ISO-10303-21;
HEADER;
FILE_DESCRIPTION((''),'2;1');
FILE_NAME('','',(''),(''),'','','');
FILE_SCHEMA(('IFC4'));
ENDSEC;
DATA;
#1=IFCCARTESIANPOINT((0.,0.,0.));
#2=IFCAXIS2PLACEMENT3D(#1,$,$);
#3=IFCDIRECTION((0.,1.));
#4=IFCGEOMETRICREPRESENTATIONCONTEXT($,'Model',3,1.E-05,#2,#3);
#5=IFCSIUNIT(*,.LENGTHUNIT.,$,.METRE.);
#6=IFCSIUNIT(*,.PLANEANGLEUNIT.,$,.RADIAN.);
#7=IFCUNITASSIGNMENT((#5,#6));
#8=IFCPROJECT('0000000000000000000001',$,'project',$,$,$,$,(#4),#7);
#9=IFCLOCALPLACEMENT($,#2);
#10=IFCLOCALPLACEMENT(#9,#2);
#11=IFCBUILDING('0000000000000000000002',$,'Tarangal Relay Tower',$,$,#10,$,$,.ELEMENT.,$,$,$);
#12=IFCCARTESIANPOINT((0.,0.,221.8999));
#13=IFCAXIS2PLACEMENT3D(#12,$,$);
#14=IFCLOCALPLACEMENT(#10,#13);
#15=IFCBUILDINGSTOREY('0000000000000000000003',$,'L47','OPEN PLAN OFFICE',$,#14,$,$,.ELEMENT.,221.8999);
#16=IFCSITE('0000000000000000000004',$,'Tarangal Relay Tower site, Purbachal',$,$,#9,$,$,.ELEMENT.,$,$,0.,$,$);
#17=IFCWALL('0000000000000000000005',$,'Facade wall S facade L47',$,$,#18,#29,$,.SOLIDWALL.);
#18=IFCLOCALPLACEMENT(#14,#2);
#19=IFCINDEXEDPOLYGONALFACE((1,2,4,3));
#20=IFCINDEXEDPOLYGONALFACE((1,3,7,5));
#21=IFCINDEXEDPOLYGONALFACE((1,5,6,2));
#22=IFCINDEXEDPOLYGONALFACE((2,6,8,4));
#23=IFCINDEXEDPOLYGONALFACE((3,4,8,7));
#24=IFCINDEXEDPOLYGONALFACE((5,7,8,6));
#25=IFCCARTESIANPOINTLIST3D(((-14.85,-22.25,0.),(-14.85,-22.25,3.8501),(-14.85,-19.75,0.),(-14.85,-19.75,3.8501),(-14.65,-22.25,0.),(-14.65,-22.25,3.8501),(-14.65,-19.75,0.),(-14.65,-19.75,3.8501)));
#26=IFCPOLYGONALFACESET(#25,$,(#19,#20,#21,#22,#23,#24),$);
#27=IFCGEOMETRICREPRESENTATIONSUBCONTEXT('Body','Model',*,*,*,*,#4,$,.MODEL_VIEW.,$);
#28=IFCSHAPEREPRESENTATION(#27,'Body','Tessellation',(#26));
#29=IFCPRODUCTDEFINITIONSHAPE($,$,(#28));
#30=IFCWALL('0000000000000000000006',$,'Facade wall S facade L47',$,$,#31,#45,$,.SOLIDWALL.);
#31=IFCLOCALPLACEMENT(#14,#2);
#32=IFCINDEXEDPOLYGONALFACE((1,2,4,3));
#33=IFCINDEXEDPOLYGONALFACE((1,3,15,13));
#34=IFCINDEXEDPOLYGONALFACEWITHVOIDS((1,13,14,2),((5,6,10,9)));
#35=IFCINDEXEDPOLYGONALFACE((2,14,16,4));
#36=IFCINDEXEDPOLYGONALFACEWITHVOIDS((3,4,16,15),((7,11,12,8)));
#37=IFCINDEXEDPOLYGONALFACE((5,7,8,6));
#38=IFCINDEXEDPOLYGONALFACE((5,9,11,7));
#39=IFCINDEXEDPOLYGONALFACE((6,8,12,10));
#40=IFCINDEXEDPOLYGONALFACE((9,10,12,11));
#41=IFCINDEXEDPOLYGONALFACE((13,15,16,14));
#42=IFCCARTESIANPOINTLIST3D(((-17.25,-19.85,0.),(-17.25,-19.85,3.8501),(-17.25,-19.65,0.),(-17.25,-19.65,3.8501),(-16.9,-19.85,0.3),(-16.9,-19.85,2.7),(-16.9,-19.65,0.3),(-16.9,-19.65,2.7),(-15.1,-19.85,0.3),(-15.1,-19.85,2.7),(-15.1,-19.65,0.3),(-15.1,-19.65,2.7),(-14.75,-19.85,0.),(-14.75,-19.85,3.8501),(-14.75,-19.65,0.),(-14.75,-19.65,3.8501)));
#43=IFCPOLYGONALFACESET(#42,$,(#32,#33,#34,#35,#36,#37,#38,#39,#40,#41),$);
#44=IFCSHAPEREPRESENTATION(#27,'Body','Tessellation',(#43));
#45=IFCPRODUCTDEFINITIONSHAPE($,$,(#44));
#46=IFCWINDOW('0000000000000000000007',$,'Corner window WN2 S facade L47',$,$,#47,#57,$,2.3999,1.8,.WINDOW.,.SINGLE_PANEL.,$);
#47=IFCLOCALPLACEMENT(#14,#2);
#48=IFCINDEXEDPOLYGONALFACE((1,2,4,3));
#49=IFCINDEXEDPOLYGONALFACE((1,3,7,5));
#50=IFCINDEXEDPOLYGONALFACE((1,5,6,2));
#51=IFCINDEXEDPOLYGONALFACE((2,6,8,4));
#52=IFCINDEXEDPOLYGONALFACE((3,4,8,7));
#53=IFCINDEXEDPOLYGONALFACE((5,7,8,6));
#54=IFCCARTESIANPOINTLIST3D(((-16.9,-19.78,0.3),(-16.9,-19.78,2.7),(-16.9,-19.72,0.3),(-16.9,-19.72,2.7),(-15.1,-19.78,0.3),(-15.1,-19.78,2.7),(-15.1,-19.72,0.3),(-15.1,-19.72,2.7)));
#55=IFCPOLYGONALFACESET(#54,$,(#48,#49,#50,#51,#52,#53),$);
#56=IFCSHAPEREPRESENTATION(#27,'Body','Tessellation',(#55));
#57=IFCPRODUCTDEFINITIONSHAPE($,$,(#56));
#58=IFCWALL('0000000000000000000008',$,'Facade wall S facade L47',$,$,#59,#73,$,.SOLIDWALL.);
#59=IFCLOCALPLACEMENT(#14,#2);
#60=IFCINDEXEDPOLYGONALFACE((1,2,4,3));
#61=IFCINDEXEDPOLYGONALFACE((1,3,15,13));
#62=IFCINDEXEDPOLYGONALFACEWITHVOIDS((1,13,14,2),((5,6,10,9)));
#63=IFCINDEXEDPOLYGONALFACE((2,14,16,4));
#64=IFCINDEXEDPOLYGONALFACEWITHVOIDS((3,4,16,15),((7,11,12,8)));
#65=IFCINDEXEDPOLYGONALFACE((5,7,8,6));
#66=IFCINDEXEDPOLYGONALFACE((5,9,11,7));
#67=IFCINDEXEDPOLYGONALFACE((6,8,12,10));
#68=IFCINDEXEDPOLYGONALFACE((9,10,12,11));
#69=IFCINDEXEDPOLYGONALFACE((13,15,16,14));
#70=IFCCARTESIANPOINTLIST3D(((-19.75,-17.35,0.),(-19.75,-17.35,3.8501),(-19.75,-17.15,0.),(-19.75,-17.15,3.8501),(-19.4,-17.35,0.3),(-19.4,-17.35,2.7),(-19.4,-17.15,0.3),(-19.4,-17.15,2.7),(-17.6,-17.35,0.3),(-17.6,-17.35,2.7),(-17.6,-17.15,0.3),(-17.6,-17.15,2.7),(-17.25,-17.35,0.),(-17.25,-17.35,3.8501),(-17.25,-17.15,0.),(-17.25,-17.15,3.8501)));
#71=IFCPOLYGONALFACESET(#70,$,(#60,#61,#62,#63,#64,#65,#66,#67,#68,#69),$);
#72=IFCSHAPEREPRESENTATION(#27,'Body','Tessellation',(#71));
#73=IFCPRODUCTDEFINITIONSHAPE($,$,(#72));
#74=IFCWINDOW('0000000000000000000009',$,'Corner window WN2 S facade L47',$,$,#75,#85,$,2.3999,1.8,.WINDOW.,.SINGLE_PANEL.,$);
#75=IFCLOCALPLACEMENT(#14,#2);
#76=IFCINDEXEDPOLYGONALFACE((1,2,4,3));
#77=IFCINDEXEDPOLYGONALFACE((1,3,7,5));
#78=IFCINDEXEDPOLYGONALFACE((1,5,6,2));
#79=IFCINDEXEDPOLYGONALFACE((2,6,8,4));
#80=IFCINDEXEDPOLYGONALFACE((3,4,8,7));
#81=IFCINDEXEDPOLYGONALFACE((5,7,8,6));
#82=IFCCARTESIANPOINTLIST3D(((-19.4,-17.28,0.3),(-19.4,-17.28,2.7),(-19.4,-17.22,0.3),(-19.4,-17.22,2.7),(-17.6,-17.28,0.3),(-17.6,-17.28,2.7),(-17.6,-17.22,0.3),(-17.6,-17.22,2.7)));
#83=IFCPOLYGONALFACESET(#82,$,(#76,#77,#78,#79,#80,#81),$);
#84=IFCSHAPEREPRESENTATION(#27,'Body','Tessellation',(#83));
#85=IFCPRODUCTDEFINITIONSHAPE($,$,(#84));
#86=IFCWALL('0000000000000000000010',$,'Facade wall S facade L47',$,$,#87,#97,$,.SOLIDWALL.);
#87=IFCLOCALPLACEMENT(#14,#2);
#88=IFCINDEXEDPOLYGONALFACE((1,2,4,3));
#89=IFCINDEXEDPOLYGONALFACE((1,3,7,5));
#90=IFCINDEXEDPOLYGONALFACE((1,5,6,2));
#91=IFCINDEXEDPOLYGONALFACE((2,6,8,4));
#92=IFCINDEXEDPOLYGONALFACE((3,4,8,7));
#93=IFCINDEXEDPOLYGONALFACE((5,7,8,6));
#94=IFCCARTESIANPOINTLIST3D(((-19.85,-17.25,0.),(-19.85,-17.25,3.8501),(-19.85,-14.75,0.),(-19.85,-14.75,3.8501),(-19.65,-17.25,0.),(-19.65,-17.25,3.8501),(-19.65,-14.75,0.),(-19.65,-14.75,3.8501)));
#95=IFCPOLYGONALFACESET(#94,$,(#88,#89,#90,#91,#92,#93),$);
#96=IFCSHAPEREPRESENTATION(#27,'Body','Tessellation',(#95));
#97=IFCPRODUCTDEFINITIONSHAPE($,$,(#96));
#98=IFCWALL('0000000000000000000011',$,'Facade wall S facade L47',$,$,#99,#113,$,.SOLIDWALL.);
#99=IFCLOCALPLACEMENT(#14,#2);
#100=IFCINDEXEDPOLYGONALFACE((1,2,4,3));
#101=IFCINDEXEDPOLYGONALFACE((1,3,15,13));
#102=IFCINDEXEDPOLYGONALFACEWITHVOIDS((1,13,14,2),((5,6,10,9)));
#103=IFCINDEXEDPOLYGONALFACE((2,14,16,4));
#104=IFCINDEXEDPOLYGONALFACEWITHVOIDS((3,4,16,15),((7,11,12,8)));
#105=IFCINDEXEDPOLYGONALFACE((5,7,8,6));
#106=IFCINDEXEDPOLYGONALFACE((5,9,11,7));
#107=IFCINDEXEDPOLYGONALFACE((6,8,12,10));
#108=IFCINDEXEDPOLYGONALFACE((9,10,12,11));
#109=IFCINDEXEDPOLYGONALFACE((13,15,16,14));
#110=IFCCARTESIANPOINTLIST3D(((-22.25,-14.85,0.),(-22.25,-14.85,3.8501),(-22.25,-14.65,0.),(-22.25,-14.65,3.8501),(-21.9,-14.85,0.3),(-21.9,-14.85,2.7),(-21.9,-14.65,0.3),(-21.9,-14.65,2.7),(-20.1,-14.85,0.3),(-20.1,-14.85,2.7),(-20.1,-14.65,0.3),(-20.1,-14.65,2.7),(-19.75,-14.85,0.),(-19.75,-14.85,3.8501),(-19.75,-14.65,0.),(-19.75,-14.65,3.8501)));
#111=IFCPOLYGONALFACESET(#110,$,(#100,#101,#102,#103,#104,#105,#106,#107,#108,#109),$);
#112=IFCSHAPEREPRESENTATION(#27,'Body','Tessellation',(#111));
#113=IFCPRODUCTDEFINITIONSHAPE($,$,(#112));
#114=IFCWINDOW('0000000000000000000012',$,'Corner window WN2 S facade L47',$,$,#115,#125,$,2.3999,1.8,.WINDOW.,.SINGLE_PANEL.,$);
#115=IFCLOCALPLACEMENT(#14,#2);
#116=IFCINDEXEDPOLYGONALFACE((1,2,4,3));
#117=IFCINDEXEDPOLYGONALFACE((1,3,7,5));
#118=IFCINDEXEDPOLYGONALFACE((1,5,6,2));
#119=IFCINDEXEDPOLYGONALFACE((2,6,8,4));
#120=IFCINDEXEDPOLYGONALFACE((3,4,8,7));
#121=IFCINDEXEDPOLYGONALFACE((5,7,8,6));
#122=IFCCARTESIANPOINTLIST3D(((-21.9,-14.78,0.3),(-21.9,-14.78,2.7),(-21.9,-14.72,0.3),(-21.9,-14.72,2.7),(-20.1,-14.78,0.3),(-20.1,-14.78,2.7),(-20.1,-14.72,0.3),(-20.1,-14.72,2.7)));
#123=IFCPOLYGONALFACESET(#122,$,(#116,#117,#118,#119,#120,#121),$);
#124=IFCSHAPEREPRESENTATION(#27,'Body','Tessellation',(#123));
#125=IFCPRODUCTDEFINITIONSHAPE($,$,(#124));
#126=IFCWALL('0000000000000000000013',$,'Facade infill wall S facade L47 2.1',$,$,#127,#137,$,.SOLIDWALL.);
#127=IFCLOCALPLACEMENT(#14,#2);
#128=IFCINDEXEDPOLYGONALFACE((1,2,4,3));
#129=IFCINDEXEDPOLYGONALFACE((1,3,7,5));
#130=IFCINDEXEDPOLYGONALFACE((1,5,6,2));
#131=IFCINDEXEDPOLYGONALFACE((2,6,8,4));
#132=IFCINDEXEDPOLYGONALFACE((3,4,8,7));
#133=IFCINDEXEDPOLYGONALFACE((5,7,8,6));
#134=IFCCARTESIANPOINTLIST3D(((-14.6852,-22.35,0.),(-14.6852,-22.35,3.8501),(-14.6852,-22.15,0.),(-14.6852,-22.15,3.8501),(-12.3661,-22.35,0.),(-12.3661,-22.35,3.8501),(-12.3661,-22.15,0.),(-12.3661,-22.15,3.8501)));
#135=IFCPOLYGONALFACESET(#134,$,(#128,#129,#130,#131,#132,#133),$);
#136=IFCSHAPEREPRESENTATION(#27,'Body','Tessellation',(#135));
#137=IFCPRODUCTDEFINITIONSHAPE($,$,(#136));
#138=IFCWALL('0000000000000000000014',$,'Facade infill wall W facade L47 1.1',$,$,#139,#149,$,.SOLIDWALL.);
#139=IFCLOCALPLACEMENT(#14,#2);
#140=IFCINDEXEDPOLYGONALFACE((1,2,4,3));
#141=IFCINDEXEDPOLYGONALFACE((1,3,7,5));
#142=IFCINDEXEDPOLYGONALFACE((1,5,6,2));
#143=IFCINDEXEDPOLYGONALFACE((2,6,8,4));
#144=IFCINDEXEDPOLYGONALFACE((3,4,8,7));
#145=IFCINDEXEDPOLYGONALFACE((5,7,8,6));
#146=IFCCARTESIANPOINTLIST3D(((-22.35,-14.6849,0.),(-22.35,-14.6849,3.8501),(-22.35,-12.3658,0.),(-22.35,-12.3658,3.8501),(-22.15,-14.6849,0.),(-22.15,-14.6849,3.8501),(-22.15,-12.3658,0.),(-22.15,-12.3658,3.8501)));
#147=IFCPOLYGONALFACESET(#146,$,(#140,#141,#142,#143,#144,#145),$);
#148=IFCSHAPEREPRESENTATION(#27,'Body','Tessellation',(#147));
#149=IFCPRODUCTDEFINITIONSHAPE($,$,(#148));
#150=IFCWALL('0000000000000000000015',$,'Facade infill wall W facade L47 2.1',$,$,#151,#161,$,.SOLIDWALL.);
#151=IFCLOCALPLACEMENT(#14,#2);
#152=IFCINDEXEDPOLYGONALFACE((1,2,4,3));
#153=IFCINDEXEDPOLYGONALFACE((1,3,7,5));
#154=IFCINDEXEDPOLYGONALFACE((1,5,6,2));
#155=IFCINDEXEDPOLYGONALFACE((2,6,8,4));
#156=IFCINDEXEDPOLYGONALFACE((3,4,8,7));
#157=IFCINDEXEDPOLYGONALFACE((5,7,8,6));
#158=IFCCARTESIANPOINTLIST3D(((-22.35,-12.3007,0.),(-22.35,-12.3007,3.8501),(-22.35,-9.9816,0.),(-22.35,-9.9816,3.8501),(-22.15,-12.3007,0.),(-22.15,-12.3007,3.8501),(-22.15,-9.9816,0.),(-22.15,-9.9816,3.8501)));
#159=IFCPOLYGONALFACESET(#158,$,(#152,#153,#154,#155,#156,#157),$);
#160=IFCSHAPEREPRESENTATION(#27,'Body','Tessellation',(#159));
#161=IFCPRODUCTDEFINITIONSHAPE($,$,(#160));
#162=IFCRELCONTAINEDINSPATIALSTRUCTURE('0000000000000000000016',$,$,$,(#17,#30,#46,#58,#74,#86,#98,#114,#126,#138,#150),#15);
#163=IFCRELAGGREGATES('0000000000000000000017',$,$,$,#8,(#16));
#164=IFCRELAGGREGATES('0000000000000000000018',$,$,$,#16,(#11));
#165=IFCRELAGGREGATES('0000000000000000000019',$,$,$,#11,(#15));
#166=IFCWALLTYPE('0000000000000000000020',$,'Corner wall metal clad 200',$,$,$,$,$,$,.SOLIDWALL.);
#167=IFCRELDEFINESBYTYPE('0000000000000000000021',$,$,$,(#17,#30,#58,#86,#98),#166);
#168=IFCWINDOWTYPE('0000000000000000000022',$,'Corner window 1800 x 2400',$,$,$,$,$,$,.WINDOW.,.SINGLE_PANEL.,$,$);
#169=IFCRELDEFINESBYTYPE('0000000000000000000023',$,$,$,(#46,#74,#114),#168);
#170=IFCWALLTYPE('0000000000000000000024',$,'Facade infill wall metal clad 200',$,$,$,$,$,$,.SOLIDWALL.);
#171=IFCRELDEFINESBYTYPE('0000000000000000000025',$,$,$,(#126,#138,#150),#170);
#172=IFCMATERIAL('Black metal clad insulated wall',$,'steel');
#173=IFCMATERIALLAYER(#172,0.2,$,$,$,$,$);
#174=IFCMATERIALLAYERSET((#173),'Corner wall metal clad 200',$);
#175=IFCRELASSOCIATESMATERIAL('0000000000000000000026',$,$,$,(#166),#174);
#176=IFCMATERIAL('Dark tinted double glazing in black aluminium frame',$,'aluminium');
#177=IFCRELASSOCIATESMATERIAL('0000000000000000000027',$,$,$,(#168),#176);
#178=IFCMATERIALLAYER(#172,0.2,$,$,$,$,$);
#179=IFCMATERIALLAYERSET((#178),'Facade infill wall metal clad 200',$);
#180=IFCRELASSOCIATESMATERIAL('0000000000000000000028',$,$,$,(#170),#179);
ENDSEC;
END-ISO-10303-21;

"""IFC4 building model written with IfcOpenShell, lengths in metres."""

from ifc_helpers import new_model, si_unit, direction, frame, frame_2d, origin, place, context, subcontext, project, spatial, rectangle, extrude, material, layer, layer_set, type_object, element, fill, save


model = new_model("IFC4")

# Units and contexts
model_context = context("Model", 3, precision=1e-05, world=origin(), true_north=direction((0.0, 1.0)))
body_context = subcontext(model_context, "Body", "Model", "MODEL_VIEW")
ifc_project = project(units=[si_unit("LENGTHUNIT", "METRE"), si_unit("PLANEANGLEUNIT", "RADIAN")], contexts=[model_context])

# Site, building, storey
site_placement = place(None, origin())
site = spatial("IfcSite", under=ifc_project, at=site_placement, Name="Tarangal Relay Tower site, Purbachal", CompositionType="ELEMENT", RefElevation=0.0)
building_placement = place(site_placement, origin())
building = spatial("IfcBuilding", under=site, at=building_placement, Name="Tarangal Relay Tower", CompositionType="ELEMENT")
storey_placement = place(building_placement, frame((0.0, 0.0, 221.8999)))
storey = spatial("IfcBuildingStorey", under=building, at=storey_placement, Name="L47", Description="OPEN PLAN OFFICE", CompositionType="ELEMENT", Elevation=221.8999)

# Wall
ifc_material_1 = material(Name="Black metal clad insulated wall", Category="steel")
ifc_layer_1 = layer(ifc_material_1, 0.2)
ifc_layer_set_1 = layer_set([ifc_layer_1], Name="Corner wall metal clad 200")
wall_type_1 = type_object("IfcWallType", Name="Corner wall metal clad 200", PredefinedType="SOLIDWALL", material=ifc_layer_set_1)
wall_1_placement = place(storey_placement, frame((-14.75, -22.25, 0.0), z_axis=(0.0, 0.0, 1.0), x_axis=(0.0, 1.0, 0.0)))
element("IfcWall", 1, at=wall_1_placement, inside=storey, type_object=wall_type_1, Name="Facade wall S facade L47", PredefinedType="SOLIDWALL", context=body_context, shape_type="SweptSolid", body=[
    extrude(rectangle(XDim=2.5, YDim=0.2, at=frame_2d((1.25, 0.0))), origin(), (0.0, 0.0, 1.0), 3.8501),
])

# Wall, opening, window
wall_2_placement = place(storey_placement, frame((-14.75, -19.75, 0.0), z_axis=(0.0, 0.0, 1.0), x_axis=(-1.0, 0.0, 0.0)))
wall_2 = element("IfcWall", 2, at=wall_2_placement, inside=storey, type_object=wall_type_1, Name="Facade wall S facade L47", PredefinedType="SOLIDWALL", context=body_context, shape_type="SweptSolid", body=[
    extrude(rectangle(XDim=2.5, YDim=0.2, at=frame_2d((1.25, 0.0))), origin(), (0.0, 0.0, 1.0), 3.8501),
])
opening_1_placement = place(wall_2_placement, frame((0.3501, 0.0, 0.3)))
opening_1 = element("IfcOpeningElement", 3, at=opening_1_placement, cuts=wall_2, PredefinedType="OPENING", context=body_context, shape_type="SweptSolid", body=[
    extrude(rectangle(XDim=1.8, YDim=2.3999, at=frame_2d((0.8999, 1.2))), frame((0.0, 0.1099, 0.0), z_axis=(0.0, -1.0, 0.0), x_axis=(1.0, 0.0, 0.0)), (0.0, 0.0, 1.0), 0.22),
])
ifc_material_2 = material(Name="Dark tinted double glazing in black aluminium frame", Category="aluminium")
window_type = type_object("IfcWindowType", Name="Corner window 1800 x 2400", PartitioningType="SINGLE_PANEL", PredefinedType="WINDOW", material=ifc_material_2)
window_1_placement = place(opening_1_placement, origin())
window_1 = element("IfcWindow", 4, at=window_1_placement, inside=storey, type_object=window_type, Name="Corner window WN2 S facade L47", OverallHeight=2.3999, OverallWidth=1.8, PartitioningType="SINGLE_PANEL", PredefinedType="WINDOW", context=body_context, shape_type="SweptSolid", body=[
    extrude(rectangle(XDim=1.8, YDim=2.3999, at=frame_2d((0.8999, 1.2))), frame((0.0, 0.03, 0.0), z_axis=(0.0, -1.0, 0.0), x_axis=(1.0, 0.0, 0.0)), (0.0, 0.0, 1.0), 0.0601),
])
fill(opening_1, window_1)

# Wall, opening, window
wall_3_placement = place(storey_placement, frame((-17.25, -17.25, 0.0), z_axis=(0.0, 0.0, 1.0), x_axis=(-1.0, 0.0, 0.0)))
wall_3 = element("IfcWall", 5, at=wall_3_placement, inside=storey, type_object=wall_type_1, Name="Facade wall S facade L47", PredefinedType="SOLIDWALL", context=body_context, shape_type="SweptSolid", body=[
    extrude(rectangle(XDim=2.5, YDim=0.2, at=frame_2d((1.25, 0.0))), origin(), (0.0, 0.0, 1.0), 3.8501),
])
opening_2_placement = place(wall_3_placement, frame((0.3501, 0.0, 0.3)))
opening_2 = element("IfcOpeningElement", 6, at=opening_2_placement, cuts=wall_3, PredefinedType="OPENING", context=body_context, shape_type="SweptSolid", body=[
    extrude(rectangle(XDim=1.8, YDim=2.3999, at=frame_2d((0.8999, 1.2))), frame((0.0, 0.1099, 0.0), z_axis=(0.0, -1.0, 0.0), x_axis=(1.0, 0.0, 0.0)), (0.0, 0.0, 1.0), 0.22),
])
window_2_placement = place(opening_2_placement, origin())
window_2 = element("IfcWindow", 7, at=window_2_placement, inside=storey, type_object=window_type, Name="Corner window WN2 S facade L47", OverallHeight=2.3999, OverallWidth=1.8, PartitioningType="SINGLE_PANEL", PredefinedType="WINDOW", context=body_context, shape_type="SweptSolid", body=[
    extrude(rectangle(XDim=1.8, YDim=2.3999, at=frame_2d((0.8999, 1.2))), frame((0.0, 0.03, 0.0), z_axis=(0.0, -1.0, 0.0), x_axis=(1.0, 0.0, 0.0)), (0.0, 0.0, 1.0), 0.0601),
])
fill(opening_2, window_2)

# Wall
wall_4_placement = place(storey_placement, frame((-19.75, -17.25, 0.0), z_axis=(0.0, 0.0, 1.0), x_axis=(0.0, 1.0, 0.0)))
element("IfcWall", 8, at=wall_4_placement, inside=storey, type_object=wall_type_1, Name="Facade wall S facade L47", PredefinedType="SOLIDWALL", context=body_context, shape_type="SweptSolid", body=[
    extrude(rectangle(XDim=2.5, YDim=0.2, at=frame_2d((1.25, 0.0))), origin(), (0.0, 0.0, 1.0), 3.8501),
])

# Wall, opening, window
wall_5_placement = place(storey_placement, frame((-19.75, -14.75, 0.0), z_axis=(0.0, 0.0, 1.0), x_axis=(-1.0, 0.0, 0.0)))
wall_5 = element("IfcWall", 9, at=wall_5_placement, inside=storey, type_object=wall_type_1, Name="Facade wall S facade L47", PredefinedType="SOLIDWALL", context=body_context, shape_type="SweptSolid", body=[
    extrude(rectangle(XDim=2.5, YDim=0.2, at=frame_2d((1.25, 0.0))), origin(), (0.0, 0.0, 1.0), 3.8501),
])
opening_3_placement = place(wall_5_placement, frame((0.3501, 0.0, 0.3)))
opening_3 = element("IfcOpeningElement", 10, at=opening_3_placement, cuts=wall_5, PredefinedType="OPENING", context=body_context, shape_type="SweptSolid", body=[
    extrude(rectangle(XDim=1.8, YDim=2.3999, at=frame_2d((0.8999, 1.2))), frame((0.0, 0.1099, 0.0), z_axis=(0.0, -1.0, 0.0), x_axis=(1.0, 0.0, 0.0)), (0.0, 0.0, 1.0), 0.22),
])
window_3_placement = place(opening_3_placement, origin())
window_3 = element("IfcWindow", 11, at=window_3_placement, inside=storey, type_object=window_type, Name="Corner window WN2 S facade L47", OverallHeight=2.3999, OverallWidth=1.8, PartitioningType="SINGLE_PANEL", PredefinedType="WINDOW", context=body_context, shape_type="SweptSolid", body=[
    extrude(rectangle(XDim=1.8, YDim=2.3999, at=frame_2d((0.8999, 1.2))), frame((0.0, 0.03, 0.0), z_axis=(0.0, -1.0, 0.0), x_axis=(1.0, 0.0, 0.0)), (0.0, 0.0, 1.0), 0.0601),
])
fill(opening_3, window_3)

# Walls
ifc_layer_2 = layer(ifc_material_1, 0.2)
ifc_layer_set_2 = layer_set([ifc_layer_2], Name="Facade infill wall metal clad 200")
wall_type_2 = type_object("IfcWallType", Name="Facade infill wall metal clad 200", PredefinedType="SOLIDWALL", material=ifc_layer_set_2)
for number, where, z_axis, x_axis, name in (
    (12, (-12.366, -22.25, 0.0), (0.0, 0.0, 1.0), (-1.0, 0.0, 0.0), "Facade infill wall S facade L47 2.1"),
    (13, (-22.25, -14.6851, 0.0), (0.0, 0.0, 1.0), (0.0, 1.0, 0.0), "Facade infill wall W facade L47 1.1"),
    (14, (-22.25, -12.3008, 0.0), (0.0, 0.0, 1.0), (0.0, 1.0, 0.0), "Facade infill wall W facade L47 2.1"),
):
    element("IfcWall", number, at=place(storey_placement, frame(where, z_axis=z_axis, x_axis=x_axis)), inside=storey, type_object=wall_type_2, Name=name, PredefinedType="SOLIDWALL", context=body_context, shape_type="SweptSolid", body=[
        extrude(rectangle(XDim=2.3191, YDim=0.2, at=frame_2d((1.1597, 0.0))), origin(), (0.0, 0.0, 1.0), 3.8501),
    ])

save(model, "model.ifc")
